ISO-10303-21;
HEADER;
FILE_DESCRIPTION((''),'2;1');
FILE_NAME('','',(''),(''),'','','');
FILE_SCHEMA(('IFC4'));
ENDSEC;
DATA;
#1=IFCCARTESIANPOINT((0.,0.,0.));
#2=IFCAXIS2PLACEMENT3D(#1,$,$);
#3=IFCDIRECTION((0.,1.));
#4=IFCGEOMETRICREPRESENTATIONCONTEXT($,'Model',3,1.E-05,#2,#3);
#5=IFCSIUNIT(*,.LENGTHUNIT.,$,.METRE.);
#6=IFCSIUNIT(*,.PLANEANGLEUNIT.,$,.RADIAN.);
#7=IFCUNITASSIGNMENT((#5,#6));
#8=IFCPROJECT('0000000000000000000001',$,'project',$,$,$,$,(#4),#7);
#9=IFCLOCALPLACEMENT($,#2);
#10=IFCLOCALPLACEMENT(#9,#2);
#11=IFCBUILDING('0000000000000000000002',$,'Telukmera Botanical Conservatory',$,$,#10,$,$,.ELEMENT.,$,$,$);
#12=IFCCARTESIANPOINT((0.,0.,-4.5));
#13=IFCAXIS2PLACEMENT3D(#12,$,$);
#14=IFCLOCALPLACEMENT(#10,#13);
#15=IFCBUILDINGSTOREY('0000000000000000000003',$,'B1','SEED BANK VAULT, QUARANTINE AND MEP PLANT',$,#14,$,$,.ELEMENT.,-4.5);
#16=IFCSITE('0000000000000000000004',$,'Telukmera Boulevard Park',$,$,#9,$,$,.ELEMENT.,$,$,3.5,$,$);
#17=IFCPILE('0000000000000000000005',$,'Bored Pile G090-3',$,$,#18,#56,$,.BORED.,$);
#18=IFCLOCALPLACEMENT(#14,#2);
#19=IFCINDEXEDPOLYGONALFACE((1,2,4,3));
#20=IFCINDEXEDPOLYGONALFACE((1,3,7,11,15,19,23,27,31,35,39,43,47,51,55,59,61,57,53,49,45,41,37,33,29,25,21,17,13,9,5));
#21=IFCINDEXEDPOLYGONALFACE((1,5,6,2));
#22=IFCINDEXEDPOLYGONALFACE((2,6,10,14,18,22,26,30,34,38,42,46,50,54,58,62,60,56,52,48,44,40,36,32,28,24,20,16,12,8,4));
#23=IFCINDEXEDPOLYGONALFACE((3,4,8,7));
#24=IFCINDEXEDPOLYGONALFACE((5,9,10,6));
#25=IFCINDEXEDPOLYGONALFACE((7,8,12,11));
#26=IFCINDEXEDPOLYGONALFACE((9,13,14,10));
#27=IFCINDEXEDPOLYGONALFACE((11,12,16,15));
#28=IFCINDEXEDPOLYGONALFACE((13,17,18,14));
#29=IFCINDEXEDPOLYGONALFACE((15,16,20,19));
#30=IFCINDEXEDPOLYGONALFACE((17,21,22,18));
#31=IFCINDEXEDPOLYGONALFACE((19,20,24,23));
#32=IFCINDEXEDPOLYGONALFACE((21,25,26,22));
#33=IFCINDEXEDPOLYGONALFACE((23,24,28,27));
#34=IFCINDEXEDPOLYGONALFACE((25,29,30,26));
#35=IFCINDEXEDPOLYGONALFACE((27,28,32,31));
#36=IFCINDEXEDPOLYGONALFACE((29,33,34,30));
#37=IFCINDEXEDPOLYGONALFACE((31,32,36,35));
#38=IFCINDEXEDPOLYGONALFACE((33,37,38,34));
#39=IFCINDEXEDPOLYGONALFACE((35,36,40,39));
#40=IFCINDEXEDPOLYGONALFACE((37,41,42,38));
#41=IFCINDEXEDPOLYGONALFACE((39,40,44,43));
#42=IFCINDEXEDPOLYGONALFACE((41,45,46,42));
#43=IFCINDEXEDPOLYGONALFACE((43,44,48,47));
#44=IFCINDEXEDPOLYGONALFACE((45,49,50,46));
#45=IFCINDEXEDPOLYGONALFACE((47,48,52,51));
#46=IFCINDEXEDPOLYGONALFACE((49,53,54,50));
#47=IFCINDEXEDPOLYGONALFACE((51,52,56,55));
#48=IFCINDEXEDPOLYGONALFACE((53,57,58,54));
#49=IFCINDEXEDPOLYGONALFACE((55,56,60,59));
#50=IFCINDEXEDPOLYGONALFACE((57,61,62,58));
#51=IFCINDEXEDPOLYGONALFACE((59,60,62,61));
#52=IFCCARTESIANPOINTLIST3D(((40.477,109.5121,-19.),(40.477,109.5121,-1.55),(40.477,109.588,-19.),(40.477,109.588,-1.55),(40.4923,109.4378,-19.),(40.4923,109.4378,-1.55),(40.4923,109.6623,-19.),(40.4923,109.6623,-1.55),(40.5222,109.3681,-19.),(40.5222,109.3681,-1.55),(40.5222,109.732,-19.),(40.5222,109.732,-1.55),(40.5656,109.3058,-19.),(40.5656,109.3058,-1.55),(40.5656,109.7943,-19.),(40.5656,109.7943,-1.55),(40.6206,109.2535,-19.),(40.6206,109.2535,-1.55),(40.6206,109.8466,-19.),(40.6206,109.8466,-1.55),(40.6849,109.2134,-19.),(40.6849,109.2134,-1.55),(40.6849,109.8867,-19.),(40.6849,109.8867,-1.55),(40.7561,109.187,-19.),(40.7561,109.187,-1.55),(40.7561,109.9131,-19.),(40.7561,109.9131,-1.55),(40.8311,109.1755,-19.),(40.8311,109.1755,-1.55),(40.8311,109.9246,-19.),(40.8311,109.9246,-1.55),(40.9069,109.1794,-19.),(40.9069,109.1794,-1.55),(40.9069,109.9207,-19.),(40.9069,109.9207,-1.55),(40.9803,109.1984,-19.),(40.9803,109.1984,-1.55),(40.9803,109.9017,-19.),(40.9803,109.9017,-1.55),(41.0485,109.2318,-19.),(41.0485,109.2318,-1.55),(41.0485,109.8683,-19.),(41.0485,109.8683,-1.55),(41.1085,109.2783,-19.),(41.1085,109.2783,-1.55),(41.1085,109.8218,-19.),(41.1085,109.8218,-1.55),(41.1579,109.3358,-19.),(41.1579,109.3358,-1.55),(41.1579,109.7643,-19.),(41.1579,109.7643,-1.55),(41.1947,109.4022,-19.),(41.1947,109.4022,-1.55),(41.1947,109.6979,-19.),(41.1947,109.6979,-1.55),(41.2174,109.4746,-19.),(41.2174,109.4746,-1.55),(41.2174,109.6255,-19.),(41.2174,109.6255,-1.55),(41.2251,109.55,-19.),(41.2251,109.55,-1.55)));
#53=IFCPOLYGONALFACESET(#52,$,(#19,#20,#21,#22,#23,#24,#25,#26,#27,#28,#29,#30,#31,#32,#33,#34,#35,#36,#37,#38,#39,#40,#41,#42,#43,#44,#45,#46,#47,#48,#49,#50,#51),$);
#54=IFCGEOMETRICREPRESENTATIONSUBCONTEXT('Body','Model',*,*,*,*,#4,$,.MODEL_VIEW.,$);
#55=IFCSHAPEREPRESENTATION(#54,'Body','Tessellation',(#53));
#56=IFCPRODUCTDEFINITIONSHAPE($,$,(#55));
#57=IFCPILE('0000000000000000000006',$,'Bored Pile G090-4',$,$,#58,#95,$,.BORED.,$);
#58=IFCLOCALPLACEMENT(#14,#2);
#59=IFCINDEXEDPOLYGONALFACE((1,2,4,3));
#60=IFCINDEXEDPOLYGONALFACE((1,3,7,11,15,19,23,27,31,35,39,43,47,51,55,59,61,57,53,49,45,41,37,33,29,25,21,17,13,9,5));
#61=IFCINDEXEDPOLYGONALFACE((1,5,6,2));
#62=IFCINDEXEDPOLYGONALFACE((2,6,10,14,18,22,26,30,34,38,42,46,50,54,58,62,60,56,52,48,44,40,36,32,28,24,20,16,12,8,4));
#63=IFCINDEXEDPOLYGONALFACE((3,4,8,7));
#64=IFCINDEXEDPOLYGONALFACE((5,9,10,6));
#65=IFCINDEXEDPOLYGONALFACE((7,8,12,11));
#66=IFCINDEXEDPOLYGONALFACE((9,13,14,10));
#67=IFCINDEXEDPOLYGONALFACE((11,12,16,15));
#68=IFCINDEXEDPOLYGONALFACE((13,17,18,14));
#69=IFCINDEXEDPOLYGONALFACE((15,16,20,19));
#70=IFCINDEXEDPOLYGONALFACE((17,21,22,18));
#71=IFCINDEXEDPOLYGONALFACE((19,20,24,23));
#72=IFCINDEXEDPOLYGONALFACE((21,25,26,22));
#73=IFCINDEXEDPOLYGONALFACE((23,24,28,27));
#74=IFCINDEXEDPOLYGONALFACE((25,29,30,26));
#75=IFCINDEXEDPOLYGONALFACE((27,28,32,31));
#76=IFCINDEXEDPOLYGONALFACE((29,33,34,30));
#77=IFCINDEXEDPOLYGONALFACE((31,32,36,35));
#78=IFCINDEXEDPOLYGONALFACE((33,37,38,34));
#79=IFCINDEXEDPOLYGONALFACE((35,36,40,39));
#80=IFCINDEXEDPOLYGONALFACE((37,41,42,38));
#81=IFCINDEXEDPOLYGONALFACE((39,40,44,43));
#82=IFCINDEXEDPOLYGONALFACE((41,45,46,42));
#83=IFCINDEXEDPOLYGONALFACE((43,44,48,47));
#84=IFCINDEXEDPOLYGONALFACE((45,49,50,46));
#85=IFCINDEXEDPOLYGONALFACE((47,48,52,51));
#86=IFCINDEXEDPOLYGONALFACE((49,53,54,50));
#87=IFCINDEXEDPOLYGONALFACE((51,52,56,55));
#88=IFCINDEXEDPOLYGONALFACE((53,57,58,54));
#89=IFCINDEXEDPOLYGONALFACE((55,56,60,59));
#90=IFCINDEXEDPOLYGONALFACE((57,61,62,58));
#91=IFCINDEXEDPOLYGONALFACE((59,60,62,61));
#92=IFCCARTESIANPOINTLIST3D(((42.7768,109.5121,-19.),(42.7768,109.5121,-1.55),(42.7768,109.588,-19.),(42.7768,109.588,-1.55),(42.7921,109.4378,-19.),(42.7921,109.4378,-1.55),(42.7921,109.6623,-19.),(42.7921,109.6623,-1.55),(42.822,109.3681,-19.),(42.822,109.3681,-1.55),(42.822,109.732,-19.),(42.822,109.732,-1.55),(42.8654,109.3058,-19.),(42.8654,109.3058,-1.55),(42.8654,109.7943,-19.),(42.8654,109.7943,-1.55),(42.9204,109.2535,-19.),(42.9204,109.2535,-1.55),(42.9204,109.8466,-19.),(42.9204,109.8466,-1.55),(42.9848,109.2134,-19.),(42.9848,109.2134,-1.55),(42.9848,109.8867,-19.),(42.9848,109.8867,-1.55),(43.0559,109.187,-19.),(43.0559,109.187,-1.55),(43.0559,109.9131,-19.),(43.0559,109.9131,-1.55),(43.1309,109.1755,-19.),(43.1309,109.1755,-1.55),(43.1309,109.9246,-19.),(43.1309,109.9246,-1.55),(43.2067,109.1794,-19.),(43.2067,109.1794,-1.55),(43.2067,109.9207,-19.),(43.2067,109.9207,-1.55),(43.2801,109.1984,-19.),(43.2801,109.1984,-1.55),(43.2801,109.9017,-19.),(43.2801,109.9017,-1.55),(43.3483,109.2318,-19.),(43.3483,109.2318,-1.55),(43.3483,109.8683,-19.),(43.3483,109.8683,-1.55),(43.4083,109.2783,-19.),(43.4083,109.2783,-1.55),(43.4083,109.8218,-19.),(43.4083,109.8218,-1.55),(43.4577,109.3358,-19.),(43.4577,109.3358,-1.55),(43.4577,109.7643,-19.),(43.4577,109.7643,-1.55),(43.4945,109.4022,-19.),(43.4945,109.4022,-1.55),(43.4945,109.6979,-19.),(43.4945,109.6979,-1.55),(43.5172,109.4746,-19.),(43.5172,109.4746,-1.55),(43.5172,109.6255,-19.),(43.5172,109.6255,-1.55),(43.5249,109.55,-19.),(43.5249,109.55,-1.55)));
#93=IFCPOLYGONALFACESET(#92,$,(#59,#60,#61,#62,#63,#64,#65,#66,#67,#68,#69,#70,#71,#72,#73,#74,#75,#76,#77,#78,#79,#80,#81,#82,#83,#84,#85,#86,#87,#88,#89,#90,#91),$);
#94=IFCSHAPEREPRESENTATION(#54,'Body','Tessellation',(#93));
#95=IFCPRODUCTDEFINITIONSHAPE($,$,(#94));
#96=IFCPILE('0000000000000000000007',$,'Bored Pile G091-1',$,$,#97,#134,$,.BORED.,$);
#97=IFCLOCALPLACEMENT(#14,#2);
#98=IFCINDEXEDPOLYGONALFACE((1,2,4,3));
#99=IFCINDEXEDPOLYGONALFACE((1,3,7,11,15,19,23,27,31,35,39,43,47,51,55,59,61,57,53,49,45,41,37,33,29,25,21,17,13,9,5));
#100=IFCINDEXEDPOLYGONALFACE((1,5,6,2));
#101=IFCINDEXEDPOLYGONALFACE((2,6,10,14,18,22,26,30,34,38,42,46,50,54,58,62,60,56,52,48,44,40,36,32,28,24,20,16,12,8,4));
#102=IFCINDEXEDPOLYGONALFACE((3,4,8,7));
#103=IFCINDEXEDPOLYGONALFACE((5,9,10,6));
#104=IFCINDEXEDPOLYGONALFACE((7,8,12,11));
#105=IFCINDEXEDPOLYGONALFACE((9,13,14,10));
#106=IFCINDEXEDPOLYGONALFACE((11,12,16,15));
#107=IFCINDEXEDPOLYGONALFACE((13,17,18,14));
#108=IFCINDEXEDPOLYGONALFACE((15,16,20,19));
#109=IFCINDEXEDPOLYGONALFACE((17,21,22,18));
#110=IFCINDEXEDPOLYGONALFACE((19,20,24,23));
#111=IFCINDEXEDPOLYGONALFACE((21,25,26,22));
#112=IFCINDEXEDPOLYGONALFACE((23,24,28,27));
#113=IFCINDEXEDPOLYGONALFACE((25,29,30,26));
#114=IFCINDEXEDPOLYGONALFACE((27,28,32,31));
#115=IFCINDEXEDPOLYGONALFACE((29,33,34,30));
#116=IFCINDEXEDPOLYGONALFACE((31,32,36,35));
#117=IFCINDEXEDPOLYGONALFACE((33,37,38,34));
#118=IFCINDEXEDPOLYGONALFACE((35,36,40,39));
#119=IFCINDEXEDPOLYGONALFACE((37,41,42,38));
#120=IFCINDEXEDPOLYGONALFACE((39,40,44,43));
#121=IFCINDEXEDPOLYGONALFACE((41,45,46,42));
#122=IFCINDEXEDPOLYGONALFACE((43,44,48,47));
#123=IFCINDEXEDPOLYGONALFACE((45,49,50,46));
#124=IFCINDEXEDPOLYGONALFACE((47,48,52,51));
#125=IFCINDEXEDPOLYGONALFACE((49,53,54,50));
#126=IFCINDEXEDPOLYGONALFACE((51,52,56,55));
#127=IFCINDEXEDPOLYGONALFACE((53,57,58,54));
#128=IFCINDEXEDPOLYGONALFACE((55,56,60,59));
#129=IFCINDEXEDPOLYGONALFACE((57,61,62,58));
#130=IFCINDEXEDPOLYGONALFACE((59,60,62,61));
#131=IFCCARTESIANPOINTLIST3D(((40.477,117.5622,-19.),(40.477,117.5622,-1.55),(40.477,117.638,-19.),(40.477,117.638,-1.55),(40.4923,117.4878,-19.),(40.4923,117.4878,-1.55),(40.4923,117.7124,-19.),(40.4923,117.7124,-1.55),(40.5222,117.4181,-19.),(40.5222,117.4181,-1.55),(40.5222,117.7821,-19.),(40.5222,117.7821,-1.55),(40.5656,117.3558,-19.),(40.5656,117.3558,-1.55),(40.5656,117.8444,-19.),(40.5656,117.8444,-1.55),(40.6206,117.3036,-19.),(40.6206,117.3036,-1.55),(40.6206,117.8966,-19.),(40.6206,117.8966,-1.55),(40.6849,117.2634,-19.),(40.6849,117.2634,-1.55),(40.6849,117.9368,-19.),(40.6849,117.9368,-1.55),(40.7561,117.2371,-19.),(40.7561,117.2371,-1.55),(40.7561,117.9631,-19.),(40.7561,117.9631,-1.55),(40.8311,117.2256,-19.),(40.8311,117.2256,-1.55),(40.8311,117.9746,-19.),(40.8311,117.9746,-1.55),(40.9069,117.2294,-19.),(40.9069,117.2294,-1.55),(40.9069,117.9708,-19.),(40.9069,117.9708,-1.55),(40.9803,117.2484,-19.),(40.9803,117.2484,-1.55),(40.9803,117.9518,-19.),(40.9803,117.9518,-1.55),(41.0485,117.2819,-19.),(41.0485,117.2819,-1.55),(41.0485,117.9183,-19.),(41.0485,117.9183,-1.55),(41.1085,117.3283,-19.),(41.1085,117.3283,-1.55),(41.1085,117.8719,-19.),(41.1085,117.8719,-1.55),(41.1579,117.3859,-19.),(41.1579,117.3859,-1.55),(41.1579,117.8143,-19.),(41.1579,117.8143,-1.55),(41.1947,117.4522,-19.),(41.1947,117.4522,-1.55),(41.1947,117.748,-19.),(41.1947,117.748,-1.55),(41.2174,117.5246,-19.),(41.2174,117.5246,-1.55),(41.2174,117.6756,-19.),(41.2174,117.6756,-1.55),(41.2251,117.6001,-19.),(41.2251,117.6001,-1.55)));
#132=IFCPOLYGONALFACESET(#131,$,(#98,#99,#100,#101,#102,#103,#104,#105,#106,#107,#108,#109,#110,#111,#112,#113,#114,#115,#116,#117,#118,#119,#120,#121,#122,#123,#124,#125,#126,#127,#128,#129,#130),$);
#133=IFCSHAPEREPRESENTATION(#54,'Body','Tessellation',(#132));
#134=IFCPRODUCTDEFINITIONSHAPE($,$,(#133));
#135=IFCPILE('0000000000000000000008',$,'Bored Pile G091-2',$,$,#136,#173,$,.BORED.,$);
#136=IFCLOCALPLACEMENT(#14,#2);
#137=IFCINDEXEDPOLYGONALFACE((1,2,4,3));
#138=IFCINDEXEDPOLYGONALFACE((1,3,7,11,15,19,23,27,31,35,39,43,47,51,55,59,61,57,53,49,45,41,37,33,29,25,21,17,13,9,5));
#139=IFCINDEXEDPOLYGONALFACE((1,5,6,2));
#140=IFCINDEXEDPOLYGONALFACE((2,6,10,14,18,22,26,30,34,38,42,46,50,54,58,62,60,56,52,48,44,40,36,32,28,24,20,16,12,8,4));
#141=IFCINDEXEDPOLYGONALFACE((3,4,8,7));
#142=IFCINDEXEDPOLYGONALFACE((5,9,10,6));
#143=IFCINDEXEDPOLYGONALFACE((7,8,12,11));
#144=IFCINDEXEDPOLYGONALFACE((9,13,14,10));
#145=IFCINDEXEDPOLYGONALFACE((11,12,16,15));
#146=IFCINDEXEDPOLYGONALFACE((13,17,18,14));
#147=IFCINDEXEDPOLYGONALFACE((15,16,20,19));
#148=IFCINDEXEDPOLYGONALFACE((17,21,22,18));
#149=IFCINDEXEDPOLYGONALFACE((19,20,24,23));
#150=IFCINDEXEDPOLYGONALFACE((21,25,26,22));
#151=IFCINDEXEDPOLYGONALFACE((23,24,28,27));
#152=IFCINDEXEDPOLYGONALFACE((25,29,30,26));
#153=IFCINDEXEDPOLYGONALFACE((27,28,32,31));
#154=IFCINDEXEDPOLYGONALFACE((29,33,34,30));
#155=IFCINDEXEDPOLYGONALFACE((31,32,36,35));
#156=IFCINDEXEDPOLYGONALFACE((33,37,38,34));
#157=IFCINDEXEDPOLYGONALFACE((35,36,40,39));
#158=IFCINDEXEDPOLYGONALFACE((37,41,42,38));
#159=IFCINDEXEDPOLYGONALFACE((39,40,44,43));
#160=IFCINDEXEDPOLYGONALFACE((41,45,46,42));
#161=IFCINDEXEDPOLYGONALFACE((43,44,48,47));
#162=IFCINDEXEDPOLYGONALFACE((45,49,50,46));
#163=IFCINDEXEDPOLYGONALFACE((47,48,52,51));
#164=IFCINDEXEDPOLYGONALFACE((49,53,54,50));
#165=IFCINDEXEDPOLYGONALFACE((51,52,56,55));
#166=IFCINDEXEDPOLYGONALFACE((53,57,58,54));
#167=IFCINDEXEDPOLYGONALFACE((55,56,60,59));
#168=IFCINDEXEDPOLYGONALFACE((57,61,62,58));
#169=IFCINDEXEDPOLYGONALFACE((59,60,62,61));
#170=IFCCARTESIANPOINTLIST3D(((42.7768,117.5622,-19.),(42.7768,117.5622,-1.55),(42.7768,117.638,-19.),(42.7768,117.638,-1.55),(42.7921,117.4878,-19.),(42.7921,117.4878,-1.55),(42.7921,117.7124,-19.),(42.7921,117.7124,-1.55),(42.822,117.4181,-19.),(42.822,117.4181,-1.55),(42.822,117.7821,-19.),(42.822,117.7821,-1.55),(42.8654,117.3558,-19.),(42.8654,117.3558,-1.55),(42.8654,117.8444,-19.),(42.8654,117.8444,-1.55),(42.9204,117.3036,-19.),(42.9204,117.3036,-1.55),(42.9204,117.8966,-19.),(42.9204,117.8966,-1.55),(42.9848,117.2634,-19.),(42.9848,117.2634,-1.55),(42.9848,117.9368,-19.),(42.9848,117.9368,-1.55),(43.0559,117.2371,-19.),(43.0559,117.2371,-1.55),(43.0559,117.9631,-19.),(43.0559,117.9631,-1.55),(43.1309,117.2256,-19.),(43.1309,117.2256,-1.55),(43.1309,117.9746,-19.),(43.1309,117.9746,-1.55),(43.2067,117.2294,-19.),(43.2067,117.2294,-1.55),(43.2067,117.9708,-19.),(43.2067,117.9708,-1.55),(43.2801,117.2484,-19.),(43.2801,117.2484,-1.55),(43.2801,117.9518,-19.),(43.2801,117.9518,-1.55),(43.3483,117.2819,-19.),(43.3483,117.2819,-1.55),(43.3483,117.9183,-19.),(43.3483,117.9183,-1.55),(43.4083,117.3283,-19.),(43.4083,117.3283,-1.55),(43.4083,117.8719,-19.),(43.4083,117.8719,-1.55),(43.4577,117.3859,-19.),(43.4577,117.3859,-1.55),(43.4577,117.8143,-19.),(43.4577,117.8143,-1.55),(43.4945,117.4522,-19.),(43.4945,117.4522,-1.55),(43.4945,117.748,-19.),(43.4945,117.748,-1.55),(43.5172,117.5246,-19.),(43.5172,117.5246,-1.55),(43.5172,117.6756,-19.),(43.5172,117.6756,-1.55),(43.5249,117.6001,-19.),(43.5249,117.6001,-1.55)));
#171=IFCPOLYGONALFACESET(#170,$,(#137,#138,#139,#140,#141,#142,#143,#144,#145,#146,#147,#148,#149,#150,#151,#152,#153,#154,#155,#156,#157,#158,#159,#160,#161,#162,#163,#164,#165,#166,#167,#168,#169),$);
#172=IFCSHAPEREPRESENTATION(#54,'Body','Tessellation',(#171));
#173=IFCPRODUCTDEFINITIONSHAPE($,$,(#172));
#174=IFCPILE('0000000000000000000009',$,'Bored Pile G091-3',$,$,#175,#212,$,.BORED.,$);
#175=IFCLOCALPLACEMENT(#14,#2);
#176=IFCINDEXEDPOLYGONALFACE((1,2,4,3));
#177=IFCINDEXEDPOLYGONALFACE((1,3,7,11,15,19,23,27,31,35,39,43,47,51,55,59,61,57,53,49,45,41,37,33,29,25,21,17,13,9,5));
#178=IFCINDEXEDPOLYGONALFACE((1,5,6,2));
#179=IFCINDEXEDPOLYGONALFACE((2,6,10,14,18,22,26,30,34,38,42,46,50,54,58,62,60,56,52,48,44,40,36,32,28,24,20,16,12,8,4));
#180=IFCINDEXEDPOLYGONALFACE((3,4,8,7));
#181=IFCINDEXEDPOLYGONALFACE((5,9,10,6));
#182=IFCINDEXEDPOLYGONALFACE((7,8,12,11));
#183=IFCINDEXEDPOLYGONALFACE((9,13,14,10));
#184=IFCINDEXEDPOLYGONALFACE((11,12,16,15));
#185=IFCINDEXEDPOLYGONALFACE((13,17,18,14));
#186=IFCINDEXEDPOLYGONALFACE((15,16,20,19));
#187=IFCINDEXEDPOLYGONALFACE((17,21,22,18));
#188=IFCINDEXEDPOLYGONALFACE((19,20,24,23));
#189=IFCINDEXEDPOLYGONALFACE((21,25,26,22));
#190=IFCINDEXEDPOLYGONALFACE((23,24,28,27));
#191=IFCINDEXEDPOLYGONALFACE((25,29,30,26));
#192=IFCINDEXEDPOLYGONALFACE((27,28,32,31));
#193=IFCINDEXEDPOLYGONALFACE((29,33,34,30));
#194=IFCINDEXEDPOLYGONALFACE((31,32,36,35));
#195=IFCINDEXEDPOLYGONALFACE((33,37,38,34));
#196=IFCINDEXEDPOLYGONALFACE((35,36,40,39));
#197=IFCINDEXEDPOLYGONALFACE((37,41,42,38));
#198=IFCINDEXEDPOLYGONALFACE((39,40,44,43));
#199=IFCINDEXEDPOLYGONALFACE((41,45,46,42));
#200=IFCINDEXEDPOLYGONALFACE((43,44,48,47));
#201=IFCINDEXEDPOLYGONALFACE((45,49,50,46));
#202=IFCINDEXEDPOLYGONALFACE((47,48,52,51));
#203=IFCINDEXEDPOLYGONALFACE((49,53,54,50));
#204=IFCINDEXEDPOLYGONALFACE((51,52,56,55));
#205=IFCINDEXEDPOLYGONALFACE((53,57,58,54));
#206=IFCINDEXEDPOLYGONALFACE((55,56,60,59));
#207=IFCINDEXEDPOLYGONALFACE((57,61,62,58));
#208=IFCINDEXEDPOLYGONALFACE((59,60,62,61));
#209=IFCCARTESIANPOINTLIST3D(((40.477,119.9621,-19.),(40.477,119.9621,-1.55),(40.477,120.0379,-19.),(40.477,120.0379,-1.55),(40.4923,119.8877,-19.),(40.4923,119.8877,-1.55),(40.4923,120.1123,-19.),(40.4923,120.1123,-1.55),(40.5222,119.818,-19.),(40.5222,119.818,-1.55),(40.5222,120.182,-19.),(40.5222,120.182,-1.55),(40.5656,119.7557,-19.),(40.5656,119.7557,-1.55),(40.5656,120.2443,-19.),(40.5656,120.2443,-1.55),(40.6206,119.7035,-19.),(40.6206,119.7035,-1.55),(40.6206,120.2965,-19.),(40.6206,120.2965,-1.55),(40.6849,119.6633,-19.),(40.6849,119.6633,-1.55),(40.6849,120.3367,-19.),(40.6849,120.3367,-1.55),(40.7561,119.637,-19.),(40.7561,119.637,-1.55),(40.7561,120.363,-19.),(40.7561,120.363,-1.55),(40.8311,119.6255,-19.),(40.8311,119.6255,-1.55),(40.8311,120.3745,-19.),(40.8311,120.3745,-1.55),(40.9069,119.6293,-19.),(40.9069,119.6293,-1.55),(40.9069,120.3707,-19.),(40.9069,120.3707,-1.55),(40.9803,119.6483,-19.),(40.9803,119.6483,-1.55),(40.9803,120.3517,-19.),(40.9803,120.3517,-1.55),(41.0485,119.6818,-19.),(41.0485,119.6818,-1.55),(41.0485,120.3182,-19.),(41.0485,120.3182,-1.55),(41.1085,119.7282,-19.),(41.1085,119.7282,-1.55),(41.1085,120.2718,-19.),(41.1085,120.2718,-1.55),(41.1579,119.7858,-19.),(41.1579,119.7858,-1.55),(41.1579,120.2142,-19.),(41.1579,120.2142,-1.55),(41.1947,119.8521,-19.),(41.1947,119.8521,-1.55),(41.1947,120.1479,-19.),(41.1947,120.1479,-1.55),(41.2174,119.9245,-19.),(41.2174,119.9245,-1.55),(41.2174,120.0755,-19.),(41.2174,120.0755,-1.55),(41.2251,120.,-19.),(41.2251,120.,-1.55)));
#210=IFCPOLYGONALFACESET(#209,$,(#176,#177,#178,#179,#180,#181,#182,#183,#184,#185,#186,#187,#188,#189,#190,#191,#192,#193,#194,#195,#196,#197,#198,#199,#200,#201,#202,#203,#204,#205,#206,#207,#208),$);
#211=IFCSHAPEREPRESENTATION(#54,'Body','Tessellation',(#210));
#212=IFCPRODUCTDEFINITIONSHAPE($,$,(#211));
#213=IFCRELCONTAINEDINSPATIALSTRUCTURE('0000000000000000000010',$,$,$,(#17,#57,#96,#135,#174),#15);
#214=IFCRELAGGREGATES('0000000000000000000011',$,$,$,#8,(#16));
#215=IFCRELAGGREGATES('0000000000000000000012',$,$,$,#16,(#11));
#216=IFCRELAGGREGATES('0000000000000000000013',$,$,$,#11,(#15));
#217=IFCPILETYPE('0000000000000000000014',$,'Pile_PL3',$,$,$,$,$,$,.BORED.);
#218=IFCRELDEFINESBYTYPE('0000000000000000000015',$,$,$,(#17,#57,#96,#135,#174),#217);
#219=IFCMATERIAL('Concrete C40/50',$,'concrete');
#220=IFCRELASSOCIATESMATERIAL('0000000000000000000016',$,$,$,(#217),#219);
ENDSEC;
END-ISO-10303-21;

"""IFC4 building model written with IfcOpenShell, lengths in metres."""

from ifc_helpers import new_model, si_unit, direction, frame, origin, origin_2d, place, context, subcontext, project, spatial, circle, extrude, material, material_profile, profile_set, type_object, element, save


model = new_model("IFC4")

# Units and contexts
model_context = context("Model", 3, precision=1e-05, world=origin(), true_north=direction((0.0, 1.0)))
body_context = subcontext(model_context, "Body", "Model", "MODEL_VIEW")
ifc_project = project(units=[si_unit("LENGTHUNIT", "METRE"), si_unit("PLANEANGLEUNIT", "RADIAN")], contexts=[model_context])

# Site, building, storey
site_placement = place(None, origin())
site = spatial("IfcSite", under=ifc_project, at=site_placement, Name="Telukmera Boulevard Park", CompositionType="ELEMENT", RefElevation=3.5)
building_placement = place(site_placement, origin())
building = spatial("IfcBuilding", under=site, at=building_placement, Name="Telukmera Botanical Conservatory", CompositionType="ELEMENT")
storey_placement = place(building_placement, frame((0.0, 0.0, -4.5)))
storey = spatial("IfcBuildingStorey", under=building, at=storey_placement, Name="B1", Description="SEED BANK VAULT, QUARANTINE AND MEP PLANT", CompositionType="ELEMENT", Elevation=-4.5)

# Shared definitions
ifc_material_1 = material(Name="Concrete C40/50", Category="concrete")

# Piles
ifc_material_profile_1 = material_profile(ifc_material_1, circle(Radius=0.375, at=origin_2d()), Name="PILE D750")
ifc_profile_set_1 = profile_set([ifc_material_profile_1], Name="Concrete C40/50")
pile_type = type_object("IfcPileType", Name="Pile_PL3", PredefinedType="BORED", material=ifc_profile_set_1)
for number, where, z_axis, x_axis, name in (
    (1, (40.8501, 109.55, -1.55), (0.0, 0.0, -1.0), (1.0, 0.0, 0.0), "Bored Pile G090-3"),
    (2, (43.1499, 109.55, -1.55), (0.0, 0.0, -1.0), (1.0, 0.0, 0.0), "Bored Pile G090-4"),
    (3, (40.8501, 117.6001, -1.55), (0.0, 0.0, -1.0), (1.0, 0.0, 0.0), "Bored Pile G091-1"),
    (4, (43.1499, 117.6001, -1.55), (0.0, 0.0, -1.0), (1.0, 0.0, 0.0), "Bored Pile G091-2"),
    (5, (40.8501, 120.0, -1.55), (0.0, 0.0, -1.0), (1.0, 0.0, 0.0), "Bored Pile G091-3"),
):
    element("IfcPile", number, at=place(storey_placement, frame(where, z_axis=z_axis, x_axis=x_axis)), inside=storey, type_object=pile_type, Name=name, PredefinedType="BORED", context=body_context, shape_type="SweptSolid", body=[
        extrude(circle(Radius=0.375, at=origin_2d()), origin(), (0.0, 0.0, 1.0), 17.45),
    ])

save(model, "model.ifc")
